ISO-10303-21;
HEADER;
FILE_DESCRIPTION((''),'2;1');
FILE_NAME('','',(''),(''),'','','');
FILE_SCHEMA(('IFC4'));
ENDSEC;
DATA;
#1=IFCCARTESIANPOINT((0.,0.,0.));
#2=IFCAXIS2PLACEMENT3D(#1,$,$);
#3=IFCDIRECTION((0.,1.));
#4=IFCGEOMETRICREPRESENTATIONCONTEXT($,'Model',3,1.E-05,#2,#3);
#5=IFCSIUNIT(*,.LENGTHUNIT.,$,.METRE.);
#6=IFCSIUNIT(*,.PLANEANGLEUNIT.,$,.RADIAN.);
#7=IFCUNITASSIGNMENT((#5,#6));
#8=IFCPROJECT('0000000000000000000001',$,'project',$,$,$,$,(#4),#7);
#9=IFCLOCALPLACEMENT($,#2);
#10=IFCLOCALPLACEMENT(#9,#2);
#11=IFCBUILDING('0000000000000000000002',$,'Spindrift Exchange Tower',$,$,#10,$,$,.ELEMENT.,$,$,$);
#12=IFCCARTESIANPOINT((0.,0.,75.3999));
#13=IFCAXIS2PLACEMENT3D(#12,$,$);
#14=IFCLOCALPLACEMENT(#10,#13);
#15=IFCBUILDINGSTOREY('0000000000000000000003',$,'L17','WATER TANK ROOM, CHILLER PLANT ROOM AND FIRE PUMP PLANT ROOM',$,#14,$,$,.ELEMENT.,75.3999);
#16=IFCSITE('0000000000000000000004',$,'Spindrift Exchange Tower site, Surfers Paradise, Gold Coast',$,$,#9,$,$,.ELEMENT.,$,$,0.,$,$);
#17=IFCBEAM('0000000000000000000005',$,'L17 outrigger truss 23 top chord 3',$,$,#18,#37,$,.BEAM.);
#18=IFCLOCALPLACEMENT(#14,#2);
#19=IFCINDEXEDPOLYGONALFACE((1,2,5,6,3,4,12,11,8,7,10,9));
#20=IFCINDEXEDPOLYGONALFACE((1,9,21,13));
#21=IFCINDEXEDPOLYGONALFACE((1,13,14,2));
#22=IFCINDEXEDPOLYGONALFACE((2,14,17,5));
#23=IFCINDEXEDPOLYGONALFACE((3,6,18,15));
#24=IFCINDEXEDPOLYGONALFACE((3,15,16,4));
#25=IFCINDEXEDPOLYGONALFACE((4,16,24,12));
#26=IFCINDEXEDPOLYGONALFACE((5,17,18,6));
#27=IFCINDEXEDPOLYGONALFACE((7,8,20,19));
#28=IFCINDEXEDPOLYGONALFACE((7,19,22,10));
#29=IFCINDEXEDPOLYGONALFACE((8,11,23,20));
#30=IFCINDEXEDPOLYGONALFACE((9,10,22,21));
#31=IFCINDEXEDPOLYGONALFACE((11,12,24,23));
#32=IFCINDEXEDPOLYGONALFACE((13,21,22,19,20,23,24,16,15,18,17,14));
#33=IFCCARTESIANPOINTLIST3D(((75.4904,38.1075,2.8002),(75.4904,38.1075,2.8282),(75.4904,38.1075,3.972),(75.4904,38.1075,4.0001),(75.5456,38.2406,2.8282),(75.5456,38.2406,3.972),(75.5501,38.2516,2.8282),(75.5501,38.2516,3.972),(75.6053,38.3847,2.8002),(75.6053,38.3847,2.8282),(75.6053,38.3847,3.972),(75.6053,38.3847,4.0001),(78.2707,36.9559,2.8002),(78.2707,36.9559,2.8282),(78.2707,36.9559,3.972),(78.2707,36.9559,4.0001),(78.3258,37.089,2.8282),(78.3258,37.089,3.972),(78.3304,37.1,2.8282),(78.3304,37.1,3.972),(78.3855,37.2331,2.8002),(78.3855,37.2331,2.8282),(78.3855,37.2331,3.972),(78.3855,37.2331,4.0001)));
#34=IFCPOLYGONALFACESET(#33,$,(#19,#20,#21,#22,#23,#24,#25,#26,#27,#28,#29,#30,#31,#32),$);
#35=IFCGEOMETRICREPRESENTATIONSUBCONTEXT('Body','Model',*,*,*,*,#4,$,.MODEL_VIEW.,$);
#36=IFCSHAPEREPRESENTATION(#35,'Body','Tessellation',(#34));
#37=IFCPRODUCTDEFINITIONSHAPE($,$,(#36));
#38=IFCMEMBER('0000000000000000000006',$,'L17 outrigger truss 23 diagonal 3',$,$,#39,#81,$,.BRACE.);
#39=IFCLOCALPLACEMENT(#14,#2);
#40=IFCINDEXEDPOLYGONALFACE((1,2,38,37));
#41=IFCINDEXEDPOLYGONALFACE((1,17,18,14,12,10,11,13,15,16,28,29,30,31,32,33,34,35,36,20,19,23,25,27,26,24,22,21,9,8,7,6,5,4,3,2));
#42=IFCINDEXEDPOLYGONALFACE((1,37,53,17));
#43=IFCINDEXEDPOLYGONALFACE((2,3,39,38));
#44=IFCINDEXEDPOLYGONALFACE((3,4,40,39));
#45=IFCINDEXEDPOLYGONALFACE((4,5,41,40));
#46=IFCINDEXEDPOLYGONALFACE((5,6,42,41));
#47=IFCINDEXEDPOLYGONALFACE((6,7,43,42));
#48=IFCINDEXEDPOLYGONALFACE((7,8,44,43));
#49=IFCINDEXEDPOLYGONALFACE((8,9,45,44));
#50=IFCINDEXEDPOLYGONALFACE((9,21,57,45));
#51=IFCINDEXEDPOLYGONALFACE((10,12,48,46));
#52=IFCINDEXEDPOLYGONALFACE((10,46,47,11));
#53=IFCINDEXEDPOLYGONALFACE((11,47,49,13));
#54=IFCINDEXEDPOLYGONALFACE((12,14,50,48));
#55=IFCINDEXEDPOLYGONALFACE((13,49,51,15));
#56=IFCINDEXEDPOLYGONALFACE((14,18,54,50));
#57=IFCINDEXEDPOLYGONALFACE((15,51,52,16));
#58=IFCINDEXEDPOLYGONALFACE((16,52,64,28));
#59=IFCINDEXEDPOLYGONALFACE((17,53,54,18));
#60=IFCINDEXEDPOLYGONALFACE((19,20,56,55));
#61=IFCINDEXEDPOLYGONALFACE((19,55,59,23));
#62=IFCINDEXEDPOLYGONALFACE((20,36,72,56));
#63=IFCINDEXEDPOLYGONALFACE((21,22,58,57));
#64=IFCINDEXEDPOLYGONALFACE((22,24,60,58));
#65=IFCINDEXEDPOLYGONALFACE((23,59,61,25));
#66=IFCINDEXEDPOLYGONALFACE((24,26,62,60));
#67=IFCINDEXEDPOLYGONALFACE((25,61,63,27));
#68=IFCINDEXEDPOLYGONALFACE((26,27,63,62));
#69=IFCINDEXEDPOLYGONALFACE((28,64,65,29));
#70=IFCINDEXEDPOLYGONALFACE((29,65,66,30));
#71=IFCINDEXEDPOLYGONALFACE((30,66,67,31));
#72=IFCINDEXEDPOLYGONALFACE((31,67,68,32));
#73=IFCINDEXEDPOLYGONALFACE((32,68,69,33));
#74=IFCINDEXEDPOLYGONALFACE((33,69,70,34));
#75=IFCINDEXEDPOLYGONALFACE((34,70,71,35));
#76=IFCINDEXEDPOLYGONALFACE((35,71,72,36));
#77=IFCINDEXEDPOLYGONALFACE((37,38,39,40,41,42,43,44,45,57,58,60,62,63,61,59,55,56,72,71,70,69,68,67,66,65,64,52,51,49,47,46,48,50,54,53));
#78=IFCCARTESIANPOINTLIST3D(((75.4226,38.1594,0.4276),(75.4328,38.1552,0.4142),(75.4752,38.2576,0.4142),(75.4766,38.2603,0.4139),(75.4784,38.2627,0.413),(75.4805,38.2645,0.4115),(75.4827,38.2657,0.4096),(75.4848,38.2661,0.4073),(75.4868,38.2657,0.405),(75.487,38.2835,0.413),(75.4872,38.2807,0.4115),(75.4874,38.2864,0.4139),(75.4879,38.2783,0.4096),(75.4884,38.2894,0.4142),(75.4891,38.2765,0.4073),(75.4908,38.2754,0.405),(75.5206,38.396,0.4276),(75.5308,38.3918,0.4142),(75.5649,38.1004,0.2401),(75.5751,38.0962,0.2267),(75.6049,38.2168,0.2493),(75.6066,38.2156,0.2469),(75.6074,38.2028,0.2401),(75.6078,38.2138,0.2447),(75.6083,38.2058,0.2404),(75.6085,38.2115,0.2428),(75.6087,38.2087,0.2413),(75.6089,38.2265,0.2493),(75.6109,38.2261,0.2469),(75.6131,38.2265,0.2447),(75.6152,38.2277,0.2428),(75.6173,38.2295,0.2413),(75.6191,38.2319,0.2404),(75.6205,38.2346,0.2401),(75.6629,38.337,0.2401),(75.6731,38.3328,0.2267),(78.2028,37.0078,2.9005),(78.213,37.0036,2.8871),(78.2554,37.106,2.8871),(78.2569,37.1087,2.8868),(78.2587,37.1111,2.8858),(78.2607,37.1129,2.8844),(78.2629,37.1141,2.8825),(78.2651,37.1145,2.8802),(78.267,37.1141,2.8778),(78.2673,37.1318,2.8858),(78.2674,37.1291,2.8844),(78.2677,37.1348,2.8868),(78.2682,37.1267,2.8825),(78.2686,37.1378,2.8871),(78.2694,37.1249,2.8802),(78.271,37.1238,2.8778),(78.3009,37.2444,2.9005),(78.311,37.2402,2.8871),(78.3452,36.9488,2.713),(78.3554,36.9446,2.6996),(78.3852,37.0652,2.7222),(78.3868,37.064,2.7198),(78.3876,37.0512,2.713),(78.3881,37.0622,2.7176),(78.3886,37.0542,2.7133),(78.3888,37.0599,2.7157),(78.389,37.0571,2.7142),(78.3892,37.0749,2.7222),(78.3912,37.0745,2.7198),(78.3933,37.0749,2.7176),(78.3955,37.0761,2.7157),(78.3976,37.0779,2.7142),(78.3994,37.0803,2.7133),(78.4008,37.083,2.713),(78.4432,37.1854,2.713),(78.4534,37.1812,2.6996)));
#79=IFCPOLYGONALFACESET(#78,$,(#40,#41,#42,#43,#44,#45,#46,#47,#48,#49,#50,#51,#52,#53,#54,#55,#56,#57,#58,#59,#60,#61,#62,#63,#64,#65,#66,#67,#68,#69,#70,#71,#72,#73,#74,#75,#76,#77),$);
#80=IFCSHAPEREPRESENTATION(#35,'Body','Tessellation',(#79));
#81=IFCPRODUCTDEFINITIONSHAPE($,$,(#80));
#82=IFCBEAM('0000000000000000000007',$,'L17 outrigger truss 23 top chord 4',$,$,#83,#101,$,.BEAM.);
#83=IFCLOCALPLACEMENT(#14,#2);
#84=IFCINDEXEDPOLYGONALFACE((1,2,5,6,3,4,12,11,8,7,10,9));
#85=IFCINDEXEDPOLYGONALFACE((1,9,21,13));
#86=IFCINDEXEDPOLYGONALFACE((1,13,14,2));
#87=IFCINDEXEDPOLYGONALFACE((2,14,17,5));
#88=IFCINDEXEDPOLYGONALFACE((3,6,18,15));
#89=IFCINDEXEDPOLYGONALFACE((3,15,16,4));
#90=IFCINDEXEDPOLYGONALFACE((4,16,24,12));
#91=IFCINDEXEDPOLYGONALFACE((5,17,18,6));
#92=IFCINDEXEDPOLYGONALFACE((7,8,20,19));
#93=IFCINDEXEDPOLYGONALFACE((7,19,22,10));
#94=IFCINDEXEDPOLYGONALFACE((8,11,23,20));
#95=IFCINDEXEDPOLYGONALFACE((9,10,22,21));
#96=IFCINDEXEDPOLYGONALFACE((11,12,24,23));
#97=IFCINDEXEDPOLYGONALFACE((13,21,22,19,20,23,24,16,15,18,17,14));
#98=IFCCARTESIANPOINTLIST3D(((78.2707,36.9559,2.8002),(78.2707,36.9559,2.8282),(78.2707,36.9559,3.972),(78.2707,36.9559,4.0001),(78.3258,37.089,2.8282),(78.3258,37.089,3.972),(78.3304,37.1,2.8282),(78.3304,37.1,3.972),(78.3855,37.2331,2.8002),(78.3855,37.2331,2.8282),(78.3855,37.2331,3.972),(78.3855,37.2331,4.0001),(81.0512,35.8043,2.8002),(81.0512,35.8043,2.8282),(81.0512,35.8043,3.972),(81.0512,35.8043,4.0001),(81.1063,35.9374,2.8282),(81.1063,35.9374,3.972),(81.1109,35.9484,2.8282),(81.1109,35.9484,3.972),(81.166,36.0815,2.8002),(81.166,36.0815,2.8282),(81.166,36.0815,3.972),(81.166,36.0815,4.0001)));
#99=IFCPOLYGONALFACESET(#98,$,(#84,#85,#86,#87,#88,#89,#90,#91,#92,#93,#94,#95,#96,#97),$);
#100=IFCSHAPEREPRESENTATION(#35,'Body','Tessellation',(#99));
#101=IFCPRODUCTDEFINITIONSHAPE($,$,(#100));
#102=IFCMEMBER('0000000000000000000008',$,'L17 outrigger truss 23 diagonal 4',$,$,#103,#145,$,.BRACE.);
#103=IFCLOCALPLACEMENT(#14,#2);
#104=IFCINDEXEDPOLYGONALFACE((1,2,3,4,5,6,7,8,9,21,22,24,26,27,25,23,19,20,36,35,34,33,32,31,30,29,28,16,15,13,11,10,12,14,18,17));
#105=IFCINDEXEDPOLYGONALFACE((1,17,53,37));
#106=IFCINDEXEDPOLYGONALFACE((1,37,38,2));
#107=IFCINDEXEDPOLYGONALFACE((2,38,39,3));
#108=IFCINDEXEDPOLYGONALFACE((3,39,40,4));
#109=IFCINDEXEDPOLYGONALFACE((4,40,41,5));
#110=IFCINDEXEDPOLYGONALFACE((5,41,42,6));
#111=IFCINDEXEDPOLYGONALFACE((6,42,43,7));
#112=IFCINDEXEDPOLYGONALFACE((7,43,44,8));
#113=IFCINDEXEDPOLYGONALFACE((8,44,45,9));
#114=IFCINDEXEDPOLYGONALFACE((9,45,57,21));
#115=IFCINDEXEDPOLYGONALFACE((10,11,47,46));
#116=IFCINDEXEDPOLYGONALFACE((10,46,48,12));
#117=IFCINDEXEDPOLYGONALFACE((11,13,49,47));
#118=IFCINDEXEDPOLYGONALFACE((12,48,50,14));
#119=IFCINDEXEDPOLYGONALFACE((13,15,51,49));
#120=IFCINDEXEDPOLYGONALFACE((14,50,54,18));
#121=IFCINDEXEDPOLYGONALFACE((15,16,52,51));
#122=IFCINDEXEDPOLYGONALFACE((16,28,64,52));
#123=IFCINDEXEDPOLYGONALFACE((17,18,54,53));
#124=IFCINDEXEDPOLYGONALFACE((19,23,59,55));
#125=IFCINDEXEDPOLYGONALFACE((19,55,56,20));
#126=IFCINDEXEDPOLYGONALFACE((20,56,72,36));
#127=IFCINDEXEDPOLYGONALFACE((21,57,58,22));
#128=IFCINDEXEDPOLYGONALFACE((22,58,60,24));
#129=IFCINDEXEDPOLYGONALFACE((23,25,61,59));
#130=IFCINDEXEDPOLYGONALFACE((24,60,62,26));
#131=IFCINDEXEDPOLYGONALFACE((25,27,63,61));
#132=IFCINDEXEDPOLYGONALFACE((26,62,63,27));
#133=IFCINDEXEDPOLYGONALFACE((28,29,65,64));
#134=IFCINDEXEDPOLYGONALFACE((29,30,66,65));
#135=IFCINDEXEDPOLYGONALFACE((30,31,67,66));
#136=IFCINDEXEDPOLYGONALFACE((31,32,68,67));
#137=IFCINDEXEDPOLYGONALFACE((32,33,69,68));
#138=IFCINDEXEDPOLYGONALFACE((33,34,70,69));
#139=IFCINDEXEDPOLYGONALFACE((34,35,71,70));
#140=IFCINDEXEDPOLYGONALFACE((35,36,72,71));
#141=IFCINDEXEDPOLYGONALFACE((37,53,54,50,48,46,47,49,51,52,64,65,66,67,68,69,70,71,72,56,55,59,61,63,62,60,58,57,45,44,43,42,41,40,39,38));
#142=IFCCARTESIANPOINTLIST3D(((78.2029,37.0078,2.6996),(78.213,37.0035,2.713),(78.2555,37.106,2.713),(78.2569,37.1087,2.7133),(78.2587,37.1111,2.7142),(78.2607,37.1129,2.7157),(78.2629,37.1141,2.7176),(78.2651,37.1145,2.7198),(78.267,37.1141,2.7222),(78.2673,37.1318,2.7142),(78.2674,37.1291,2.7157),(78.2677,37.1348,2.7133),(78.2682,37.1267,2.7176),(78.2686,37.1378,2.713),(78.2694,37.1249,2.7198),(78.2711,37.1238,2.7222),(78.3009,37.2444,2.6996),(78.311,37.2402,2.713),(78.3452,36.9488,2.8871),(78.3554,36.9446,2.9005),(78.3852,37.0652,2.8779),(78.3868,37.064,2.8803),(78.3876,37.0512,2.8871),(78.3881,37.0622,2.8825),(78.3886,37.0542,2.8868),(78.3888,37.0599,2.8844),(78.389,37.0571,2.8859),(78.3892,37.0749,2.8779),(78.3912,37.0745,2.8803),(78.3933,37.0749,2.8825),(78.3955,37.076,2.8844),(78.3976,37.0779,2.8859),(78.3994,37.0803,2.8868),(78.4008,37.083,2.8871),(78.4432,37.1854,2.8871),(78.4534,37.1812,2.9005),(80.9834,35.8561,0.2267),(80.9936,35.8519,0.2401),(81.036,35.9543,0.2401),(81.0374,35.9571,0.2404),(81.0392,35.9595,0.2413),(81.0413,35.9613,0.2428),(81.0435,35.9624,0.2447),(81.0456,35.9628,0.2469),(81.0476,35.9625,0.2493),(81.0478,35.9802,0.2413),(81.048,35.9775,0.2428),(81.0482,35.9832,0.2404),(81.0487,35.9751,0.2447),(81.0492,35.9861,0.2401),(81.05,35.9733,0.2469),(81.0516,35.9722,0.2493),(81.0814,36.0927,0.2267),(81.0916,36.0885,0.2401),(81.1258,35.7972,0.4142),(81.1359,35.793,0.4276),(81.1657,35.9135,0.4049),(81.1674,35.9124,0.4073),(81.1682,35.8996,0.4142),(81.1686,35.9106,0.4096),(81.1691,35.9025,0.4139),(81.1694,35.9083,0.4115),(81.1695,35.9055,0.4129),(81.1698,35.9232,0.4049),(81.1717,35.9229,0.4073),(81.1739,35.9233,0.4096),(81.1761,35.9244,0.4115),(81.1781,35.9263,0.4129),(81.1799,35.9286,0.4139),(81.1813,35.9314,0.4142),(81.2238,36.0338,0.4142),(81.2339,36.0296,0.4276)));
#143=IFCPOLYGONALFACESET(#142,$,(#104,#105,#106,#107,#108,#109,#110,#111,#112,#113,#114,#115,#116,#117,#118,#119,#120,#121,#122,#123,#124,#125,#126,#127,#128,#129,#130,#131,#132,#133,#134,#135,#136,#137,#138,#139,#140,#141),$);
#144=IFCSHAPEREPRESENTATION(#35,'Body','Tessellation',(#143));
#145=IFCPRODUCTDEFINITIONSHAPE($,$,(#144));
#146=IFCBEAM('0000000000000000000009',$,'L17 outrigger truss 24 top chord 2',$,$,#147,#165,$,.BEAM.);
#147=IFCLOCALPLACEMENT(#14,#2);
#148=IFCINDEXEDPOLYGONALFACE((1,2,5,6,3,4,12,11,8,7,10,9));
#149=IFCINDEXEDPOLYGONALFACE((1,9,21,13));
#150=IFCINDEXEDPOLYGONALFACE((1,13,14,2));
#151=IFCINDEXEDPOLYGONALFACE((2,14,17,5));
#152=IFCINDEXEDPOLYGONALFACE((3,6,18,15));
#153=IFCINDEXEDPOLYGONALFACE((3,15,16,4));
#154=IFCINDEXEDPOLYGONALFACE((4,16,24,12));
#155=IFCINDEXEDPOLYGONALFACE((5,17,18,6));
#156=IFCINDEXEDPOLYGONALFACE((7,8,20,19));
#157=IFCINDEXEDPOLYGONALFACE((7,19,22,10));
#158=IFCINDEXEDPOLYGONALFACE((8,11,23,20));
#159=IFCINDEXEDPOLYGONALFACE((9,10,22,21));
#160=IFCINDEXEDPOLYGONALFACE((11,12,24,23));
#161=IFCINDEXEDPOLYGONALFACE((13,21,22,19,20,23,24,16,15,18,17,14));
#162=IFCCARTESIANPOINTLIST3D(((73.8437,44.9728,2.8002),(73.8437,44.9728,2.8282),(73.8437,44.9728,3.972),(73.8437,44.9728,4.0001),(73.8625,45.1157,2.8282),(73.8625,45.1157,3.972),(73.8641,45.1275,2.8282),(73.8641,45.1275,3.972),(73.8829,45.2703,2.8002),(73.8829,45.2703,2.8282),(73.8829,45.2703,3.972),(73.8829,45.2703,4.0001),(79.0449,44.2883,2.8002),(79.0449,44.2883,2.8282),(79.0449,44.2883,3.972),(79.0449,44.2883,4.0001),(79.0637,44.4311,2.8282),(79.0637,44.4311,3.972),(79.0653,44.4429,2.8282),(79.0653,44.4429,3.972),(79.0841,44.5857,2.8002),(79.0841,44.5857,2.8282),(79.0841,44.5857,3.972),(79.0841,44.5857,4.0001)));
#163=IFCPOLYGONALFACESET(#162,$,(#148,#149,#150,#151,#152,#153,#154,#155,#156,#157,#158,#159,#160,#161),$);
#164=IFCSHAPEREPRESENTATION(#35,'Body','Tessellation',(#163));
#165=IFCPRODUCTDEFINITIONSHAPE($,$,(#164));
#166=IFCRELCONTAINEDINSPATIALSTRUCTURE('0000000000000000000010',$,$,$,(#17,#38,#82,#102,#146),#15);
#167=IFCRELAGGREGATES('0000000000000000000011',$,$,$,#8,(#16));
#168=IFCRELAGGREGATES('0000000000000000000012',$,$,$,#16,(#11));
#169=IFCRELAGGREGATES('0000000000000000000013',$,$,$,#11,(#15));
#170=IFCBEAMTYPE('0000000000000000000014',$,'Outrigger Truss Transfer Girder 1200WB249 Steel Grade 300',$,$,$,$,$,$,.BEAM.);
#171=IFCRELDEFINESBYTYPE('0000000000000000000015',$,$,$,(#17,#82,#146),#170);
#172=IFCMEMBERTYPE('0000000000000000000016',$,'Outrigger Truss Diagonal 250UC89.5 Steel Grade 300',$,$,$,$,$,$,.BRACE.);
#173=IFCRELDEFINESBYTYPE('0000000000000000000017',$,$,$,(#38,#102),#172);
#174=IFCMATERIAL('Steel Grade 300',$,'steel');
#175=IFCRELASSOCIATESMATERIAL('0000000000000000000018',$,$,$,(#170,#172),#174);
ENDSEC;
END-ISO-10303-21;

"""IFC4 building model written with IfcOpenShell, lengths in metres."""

from ifc_helpers import new_model, si_unit, direction, frame, origin, origin_2d, place, context, subcontext, project, spatial, i_section, extrude, source, transform, mapped, material, material_profile, profile_set, type_object, element, save


model = new_model("IFC4")

# Units and contexts
model_context = context("Model", 3, precision=1e-05, world=origin(), true_north=direction((0.0, 1.0)))
body_context = subcontext(model_context, "Body", "Model", "MODEL_VIEW")
ifc_project = project(units=[si_unit("LENGTHUNIT", "METRE"), si_unit("PLANEANGLEUNIT", "RADIAN")], contexts=[model_context])

# Site, building, storey
site_placement = place(None, origin())
site = spatial("IfcSite", under=ifc_project, at=site_placement, Name="Spindrift Exchange Tower site, Surfers Paradise, Gold Coast", CompositionType="ELEMENT", RefElevation=0.0)
building_placement = place(site_placement, origin())
building = spatial("IfcBuilding", under=site, at=building_placement, Name="Spindrift Exchange Tower", CompositionType="ELEMENT")
storey_placement = place(building_placement, frame((0.0, 0.0, 75.3999)))
storey = spatial("IfcBuildingStorey", under=building, at=storey_placement, Name="L17", Description="WATER TANK ROOM, CHILLER PLANT ROOM AND FIRE PUMP PLANT ROOM", CompositionType="ELEMENT", Elevation=75.3999)

# Shared definitions
ifc_material_1 = material(Name="Steel Grade 300", Category="steel")

# Shared definitions
ifc_material_profile_1 = material_profile(ifc_material_1, i_section(OverallWidth=0.3, OverallDepth=1.2, WebThickness=0.012, FlangeThickness=0.0281, at=origin_2d()), Name="1200WB249")
ifc_profile_set_1 = profile_set([ifc_material_profile_1], Name="Steel Grade 300")
beam_type = type_object("IfcBeamType", Name="Outrigger Truss Transfer Girder 1200WB249 Steel Grade 300", PredefinedType="BEAM", material=ifc_profile_set_1)

# Shared definitions
ifc_material_profile_2 = material_profile(ifc_material_1, i_section(OverallWidth=0.2561, OverallDepth=0.26, WebThickness=0.0105, FlangeThickness=0.0173, FilletRadius=0.012, at=origin_2d()), Name="250UC89.5")
ifc_profile_set_2 = profile_set([ifc_material_profile_2], Name="Steel Grade 300")
member_type_1 = type_object("IfcMemberType", Name="Outrigger Truss Diagonal 250UC89.5 Steel Grade 300", PredefinedType="BRACE", material=ifc_profile_set_2)

# Beam
shared_shape_1 = source(origin(), body_context, "Body", "SweptSolid", [
    extrude(i_section(OverallWidth=0.3, OverallDepth=1.2, WebThickness=0.012, FlangeThickness=0.0281, at=origin_2d()), origin(), (0.0, 0.0, 1.0), 3.0093),
])
beam_1_placement = place(storey_placement, frame((75.5479, 38.2461, 3.4001), z_axis=(0.923881, -0.382679, 0.0), x_axis=(0.382679, 0.923881, 0.0)))
element("IfcBeam", 1, at=beam_1_placement, inside=storey, type_object=beam_type, Name="L17 outrigger truss 23 top chord 3", PredefinedType="BEAM", context=body_context, shape_type="MappedRepresentation", body=[
    mapped(shared_shape_1, transform((0.0, 0.0, 0.0), scale=1.0)),
])

# Member
shared_shape_2 = source(origin(), body_context, "Body", "SweptSolid", [
    extrude(i_section(OverallWidth=0.2561, OverallDepth=0.26, WebThickness=0.0105, FlangeThickness=0.0173, FilletRadius=0.012, at=origin_2d()), origin(), (0.0, 0.0, 1.0), 3.895),
])
member_1_placement = place(storey_placement, frame((75.5479, 38.2461, 0.3271), z_axis=(0.713798, -0.295661, 0.634884), x_axis=(0.382679, 0.923881, 0.0)))
element("IfcMember", 2, at=member_1_placement, inside=storey, type_object=member_type_1, Name="L17 outrigger truss 23 diagonal 3", PredefinedType="BRACE", context=body_context, shape_type="MappedRepresentation", body=[
    mapped(shared_shape_2, transform((0.0, 0.0, 0.0), scale=1.0)),
])

# Beam
shared_shape_3 = source(origin(), body_context, "Body", "SweptSolid", [
    extrude(i_section(OverallWidth=0.3, OverallDepth=1.2, WebThickness=0.012, FlangeThickness=0.0281, at=origin_2d()), origin(), (0.0, 0.0, 1.0), 3.0095),
])
beam_2_placement = place(storey_placement, frame((78.3281, 37.0945, 3.4001), z_axis=(0.923893, -0.38265, 0.0), x_axis=(0.38265, 0.923893, 0.0)))
element("IfcBeam", 3, at=beam_2_placement, inside=storey, type_object=beam_type, Name="L17 outrigger truss 23 top chord 4", PredefinedType="BEAM", context=body_context, shape_type="MappedRepresentation", body=[
    mapped(shared_shape_3, transform((0.0, 0.0, 0.0), scale=1.0)),
])

# Member
shared_shape_4 = source(origin(), body_context, "Body", "SweptSolid", [
    extrude(i_section(OverallWidth=0.2561, OverallDepth=0.26, WebThickness=0.0105, FlangeThickness=0.0173, FilletRadius=0.012, at=origin_2d()), origin(), (0.0, 0.0, 1.0), 3.8953),
])
member_2_placement = place(storey_placement, frame((78.3281, 37.0945, 2.8), z_axis=(0.713828, -0.295647, -0.634855), x_axis=(0.38265, 0.923893, 0.0)))
element("IfcMember", 4, at=member_2_placement, inside=storey, type_object=member_type_1, Name="L17 outrigger truss 23 diagonal 4", PredefinedType="BRACE", context=body_context, shape_type="MappedRepresentation", body=[
    mapped(shared_shape_4, transform((0.0, 0.0, 0.0), scale=1.0)),
])

# Beam
shared_shape_5 = source(origin(), body_context, "Body", "SweptSolid", [
    extrude(i_section(OverallWidth=0.3, OverallDepth=1.2, WebThickness=0.012, FlangeThickness=0.0281, at=origin_2d()), origin(), (0.0, 0.0, 1.0), 5.2461),
])
beam_3_placement = place(storey_placement, frame((73.8633, 45.1216, 3.4001), z_axis=(0.991449, -0.130493, 0.0), x_axis=(0.130493, 0.991449, 0.0)))
element("IfcBeam", 5, at=beam_3_placement, inside=storey, type_object=beam_type, Name="L17 outrigger truss 24 top chord 2", PredefinedType="BEAM", context=body_context, shape_type="MappedRepresentation", body=[
    mapped(shared_shape_5, transform((0.0, 0.0, 0.0), scale=1.0)),
])

save(model, "model.ifc")
